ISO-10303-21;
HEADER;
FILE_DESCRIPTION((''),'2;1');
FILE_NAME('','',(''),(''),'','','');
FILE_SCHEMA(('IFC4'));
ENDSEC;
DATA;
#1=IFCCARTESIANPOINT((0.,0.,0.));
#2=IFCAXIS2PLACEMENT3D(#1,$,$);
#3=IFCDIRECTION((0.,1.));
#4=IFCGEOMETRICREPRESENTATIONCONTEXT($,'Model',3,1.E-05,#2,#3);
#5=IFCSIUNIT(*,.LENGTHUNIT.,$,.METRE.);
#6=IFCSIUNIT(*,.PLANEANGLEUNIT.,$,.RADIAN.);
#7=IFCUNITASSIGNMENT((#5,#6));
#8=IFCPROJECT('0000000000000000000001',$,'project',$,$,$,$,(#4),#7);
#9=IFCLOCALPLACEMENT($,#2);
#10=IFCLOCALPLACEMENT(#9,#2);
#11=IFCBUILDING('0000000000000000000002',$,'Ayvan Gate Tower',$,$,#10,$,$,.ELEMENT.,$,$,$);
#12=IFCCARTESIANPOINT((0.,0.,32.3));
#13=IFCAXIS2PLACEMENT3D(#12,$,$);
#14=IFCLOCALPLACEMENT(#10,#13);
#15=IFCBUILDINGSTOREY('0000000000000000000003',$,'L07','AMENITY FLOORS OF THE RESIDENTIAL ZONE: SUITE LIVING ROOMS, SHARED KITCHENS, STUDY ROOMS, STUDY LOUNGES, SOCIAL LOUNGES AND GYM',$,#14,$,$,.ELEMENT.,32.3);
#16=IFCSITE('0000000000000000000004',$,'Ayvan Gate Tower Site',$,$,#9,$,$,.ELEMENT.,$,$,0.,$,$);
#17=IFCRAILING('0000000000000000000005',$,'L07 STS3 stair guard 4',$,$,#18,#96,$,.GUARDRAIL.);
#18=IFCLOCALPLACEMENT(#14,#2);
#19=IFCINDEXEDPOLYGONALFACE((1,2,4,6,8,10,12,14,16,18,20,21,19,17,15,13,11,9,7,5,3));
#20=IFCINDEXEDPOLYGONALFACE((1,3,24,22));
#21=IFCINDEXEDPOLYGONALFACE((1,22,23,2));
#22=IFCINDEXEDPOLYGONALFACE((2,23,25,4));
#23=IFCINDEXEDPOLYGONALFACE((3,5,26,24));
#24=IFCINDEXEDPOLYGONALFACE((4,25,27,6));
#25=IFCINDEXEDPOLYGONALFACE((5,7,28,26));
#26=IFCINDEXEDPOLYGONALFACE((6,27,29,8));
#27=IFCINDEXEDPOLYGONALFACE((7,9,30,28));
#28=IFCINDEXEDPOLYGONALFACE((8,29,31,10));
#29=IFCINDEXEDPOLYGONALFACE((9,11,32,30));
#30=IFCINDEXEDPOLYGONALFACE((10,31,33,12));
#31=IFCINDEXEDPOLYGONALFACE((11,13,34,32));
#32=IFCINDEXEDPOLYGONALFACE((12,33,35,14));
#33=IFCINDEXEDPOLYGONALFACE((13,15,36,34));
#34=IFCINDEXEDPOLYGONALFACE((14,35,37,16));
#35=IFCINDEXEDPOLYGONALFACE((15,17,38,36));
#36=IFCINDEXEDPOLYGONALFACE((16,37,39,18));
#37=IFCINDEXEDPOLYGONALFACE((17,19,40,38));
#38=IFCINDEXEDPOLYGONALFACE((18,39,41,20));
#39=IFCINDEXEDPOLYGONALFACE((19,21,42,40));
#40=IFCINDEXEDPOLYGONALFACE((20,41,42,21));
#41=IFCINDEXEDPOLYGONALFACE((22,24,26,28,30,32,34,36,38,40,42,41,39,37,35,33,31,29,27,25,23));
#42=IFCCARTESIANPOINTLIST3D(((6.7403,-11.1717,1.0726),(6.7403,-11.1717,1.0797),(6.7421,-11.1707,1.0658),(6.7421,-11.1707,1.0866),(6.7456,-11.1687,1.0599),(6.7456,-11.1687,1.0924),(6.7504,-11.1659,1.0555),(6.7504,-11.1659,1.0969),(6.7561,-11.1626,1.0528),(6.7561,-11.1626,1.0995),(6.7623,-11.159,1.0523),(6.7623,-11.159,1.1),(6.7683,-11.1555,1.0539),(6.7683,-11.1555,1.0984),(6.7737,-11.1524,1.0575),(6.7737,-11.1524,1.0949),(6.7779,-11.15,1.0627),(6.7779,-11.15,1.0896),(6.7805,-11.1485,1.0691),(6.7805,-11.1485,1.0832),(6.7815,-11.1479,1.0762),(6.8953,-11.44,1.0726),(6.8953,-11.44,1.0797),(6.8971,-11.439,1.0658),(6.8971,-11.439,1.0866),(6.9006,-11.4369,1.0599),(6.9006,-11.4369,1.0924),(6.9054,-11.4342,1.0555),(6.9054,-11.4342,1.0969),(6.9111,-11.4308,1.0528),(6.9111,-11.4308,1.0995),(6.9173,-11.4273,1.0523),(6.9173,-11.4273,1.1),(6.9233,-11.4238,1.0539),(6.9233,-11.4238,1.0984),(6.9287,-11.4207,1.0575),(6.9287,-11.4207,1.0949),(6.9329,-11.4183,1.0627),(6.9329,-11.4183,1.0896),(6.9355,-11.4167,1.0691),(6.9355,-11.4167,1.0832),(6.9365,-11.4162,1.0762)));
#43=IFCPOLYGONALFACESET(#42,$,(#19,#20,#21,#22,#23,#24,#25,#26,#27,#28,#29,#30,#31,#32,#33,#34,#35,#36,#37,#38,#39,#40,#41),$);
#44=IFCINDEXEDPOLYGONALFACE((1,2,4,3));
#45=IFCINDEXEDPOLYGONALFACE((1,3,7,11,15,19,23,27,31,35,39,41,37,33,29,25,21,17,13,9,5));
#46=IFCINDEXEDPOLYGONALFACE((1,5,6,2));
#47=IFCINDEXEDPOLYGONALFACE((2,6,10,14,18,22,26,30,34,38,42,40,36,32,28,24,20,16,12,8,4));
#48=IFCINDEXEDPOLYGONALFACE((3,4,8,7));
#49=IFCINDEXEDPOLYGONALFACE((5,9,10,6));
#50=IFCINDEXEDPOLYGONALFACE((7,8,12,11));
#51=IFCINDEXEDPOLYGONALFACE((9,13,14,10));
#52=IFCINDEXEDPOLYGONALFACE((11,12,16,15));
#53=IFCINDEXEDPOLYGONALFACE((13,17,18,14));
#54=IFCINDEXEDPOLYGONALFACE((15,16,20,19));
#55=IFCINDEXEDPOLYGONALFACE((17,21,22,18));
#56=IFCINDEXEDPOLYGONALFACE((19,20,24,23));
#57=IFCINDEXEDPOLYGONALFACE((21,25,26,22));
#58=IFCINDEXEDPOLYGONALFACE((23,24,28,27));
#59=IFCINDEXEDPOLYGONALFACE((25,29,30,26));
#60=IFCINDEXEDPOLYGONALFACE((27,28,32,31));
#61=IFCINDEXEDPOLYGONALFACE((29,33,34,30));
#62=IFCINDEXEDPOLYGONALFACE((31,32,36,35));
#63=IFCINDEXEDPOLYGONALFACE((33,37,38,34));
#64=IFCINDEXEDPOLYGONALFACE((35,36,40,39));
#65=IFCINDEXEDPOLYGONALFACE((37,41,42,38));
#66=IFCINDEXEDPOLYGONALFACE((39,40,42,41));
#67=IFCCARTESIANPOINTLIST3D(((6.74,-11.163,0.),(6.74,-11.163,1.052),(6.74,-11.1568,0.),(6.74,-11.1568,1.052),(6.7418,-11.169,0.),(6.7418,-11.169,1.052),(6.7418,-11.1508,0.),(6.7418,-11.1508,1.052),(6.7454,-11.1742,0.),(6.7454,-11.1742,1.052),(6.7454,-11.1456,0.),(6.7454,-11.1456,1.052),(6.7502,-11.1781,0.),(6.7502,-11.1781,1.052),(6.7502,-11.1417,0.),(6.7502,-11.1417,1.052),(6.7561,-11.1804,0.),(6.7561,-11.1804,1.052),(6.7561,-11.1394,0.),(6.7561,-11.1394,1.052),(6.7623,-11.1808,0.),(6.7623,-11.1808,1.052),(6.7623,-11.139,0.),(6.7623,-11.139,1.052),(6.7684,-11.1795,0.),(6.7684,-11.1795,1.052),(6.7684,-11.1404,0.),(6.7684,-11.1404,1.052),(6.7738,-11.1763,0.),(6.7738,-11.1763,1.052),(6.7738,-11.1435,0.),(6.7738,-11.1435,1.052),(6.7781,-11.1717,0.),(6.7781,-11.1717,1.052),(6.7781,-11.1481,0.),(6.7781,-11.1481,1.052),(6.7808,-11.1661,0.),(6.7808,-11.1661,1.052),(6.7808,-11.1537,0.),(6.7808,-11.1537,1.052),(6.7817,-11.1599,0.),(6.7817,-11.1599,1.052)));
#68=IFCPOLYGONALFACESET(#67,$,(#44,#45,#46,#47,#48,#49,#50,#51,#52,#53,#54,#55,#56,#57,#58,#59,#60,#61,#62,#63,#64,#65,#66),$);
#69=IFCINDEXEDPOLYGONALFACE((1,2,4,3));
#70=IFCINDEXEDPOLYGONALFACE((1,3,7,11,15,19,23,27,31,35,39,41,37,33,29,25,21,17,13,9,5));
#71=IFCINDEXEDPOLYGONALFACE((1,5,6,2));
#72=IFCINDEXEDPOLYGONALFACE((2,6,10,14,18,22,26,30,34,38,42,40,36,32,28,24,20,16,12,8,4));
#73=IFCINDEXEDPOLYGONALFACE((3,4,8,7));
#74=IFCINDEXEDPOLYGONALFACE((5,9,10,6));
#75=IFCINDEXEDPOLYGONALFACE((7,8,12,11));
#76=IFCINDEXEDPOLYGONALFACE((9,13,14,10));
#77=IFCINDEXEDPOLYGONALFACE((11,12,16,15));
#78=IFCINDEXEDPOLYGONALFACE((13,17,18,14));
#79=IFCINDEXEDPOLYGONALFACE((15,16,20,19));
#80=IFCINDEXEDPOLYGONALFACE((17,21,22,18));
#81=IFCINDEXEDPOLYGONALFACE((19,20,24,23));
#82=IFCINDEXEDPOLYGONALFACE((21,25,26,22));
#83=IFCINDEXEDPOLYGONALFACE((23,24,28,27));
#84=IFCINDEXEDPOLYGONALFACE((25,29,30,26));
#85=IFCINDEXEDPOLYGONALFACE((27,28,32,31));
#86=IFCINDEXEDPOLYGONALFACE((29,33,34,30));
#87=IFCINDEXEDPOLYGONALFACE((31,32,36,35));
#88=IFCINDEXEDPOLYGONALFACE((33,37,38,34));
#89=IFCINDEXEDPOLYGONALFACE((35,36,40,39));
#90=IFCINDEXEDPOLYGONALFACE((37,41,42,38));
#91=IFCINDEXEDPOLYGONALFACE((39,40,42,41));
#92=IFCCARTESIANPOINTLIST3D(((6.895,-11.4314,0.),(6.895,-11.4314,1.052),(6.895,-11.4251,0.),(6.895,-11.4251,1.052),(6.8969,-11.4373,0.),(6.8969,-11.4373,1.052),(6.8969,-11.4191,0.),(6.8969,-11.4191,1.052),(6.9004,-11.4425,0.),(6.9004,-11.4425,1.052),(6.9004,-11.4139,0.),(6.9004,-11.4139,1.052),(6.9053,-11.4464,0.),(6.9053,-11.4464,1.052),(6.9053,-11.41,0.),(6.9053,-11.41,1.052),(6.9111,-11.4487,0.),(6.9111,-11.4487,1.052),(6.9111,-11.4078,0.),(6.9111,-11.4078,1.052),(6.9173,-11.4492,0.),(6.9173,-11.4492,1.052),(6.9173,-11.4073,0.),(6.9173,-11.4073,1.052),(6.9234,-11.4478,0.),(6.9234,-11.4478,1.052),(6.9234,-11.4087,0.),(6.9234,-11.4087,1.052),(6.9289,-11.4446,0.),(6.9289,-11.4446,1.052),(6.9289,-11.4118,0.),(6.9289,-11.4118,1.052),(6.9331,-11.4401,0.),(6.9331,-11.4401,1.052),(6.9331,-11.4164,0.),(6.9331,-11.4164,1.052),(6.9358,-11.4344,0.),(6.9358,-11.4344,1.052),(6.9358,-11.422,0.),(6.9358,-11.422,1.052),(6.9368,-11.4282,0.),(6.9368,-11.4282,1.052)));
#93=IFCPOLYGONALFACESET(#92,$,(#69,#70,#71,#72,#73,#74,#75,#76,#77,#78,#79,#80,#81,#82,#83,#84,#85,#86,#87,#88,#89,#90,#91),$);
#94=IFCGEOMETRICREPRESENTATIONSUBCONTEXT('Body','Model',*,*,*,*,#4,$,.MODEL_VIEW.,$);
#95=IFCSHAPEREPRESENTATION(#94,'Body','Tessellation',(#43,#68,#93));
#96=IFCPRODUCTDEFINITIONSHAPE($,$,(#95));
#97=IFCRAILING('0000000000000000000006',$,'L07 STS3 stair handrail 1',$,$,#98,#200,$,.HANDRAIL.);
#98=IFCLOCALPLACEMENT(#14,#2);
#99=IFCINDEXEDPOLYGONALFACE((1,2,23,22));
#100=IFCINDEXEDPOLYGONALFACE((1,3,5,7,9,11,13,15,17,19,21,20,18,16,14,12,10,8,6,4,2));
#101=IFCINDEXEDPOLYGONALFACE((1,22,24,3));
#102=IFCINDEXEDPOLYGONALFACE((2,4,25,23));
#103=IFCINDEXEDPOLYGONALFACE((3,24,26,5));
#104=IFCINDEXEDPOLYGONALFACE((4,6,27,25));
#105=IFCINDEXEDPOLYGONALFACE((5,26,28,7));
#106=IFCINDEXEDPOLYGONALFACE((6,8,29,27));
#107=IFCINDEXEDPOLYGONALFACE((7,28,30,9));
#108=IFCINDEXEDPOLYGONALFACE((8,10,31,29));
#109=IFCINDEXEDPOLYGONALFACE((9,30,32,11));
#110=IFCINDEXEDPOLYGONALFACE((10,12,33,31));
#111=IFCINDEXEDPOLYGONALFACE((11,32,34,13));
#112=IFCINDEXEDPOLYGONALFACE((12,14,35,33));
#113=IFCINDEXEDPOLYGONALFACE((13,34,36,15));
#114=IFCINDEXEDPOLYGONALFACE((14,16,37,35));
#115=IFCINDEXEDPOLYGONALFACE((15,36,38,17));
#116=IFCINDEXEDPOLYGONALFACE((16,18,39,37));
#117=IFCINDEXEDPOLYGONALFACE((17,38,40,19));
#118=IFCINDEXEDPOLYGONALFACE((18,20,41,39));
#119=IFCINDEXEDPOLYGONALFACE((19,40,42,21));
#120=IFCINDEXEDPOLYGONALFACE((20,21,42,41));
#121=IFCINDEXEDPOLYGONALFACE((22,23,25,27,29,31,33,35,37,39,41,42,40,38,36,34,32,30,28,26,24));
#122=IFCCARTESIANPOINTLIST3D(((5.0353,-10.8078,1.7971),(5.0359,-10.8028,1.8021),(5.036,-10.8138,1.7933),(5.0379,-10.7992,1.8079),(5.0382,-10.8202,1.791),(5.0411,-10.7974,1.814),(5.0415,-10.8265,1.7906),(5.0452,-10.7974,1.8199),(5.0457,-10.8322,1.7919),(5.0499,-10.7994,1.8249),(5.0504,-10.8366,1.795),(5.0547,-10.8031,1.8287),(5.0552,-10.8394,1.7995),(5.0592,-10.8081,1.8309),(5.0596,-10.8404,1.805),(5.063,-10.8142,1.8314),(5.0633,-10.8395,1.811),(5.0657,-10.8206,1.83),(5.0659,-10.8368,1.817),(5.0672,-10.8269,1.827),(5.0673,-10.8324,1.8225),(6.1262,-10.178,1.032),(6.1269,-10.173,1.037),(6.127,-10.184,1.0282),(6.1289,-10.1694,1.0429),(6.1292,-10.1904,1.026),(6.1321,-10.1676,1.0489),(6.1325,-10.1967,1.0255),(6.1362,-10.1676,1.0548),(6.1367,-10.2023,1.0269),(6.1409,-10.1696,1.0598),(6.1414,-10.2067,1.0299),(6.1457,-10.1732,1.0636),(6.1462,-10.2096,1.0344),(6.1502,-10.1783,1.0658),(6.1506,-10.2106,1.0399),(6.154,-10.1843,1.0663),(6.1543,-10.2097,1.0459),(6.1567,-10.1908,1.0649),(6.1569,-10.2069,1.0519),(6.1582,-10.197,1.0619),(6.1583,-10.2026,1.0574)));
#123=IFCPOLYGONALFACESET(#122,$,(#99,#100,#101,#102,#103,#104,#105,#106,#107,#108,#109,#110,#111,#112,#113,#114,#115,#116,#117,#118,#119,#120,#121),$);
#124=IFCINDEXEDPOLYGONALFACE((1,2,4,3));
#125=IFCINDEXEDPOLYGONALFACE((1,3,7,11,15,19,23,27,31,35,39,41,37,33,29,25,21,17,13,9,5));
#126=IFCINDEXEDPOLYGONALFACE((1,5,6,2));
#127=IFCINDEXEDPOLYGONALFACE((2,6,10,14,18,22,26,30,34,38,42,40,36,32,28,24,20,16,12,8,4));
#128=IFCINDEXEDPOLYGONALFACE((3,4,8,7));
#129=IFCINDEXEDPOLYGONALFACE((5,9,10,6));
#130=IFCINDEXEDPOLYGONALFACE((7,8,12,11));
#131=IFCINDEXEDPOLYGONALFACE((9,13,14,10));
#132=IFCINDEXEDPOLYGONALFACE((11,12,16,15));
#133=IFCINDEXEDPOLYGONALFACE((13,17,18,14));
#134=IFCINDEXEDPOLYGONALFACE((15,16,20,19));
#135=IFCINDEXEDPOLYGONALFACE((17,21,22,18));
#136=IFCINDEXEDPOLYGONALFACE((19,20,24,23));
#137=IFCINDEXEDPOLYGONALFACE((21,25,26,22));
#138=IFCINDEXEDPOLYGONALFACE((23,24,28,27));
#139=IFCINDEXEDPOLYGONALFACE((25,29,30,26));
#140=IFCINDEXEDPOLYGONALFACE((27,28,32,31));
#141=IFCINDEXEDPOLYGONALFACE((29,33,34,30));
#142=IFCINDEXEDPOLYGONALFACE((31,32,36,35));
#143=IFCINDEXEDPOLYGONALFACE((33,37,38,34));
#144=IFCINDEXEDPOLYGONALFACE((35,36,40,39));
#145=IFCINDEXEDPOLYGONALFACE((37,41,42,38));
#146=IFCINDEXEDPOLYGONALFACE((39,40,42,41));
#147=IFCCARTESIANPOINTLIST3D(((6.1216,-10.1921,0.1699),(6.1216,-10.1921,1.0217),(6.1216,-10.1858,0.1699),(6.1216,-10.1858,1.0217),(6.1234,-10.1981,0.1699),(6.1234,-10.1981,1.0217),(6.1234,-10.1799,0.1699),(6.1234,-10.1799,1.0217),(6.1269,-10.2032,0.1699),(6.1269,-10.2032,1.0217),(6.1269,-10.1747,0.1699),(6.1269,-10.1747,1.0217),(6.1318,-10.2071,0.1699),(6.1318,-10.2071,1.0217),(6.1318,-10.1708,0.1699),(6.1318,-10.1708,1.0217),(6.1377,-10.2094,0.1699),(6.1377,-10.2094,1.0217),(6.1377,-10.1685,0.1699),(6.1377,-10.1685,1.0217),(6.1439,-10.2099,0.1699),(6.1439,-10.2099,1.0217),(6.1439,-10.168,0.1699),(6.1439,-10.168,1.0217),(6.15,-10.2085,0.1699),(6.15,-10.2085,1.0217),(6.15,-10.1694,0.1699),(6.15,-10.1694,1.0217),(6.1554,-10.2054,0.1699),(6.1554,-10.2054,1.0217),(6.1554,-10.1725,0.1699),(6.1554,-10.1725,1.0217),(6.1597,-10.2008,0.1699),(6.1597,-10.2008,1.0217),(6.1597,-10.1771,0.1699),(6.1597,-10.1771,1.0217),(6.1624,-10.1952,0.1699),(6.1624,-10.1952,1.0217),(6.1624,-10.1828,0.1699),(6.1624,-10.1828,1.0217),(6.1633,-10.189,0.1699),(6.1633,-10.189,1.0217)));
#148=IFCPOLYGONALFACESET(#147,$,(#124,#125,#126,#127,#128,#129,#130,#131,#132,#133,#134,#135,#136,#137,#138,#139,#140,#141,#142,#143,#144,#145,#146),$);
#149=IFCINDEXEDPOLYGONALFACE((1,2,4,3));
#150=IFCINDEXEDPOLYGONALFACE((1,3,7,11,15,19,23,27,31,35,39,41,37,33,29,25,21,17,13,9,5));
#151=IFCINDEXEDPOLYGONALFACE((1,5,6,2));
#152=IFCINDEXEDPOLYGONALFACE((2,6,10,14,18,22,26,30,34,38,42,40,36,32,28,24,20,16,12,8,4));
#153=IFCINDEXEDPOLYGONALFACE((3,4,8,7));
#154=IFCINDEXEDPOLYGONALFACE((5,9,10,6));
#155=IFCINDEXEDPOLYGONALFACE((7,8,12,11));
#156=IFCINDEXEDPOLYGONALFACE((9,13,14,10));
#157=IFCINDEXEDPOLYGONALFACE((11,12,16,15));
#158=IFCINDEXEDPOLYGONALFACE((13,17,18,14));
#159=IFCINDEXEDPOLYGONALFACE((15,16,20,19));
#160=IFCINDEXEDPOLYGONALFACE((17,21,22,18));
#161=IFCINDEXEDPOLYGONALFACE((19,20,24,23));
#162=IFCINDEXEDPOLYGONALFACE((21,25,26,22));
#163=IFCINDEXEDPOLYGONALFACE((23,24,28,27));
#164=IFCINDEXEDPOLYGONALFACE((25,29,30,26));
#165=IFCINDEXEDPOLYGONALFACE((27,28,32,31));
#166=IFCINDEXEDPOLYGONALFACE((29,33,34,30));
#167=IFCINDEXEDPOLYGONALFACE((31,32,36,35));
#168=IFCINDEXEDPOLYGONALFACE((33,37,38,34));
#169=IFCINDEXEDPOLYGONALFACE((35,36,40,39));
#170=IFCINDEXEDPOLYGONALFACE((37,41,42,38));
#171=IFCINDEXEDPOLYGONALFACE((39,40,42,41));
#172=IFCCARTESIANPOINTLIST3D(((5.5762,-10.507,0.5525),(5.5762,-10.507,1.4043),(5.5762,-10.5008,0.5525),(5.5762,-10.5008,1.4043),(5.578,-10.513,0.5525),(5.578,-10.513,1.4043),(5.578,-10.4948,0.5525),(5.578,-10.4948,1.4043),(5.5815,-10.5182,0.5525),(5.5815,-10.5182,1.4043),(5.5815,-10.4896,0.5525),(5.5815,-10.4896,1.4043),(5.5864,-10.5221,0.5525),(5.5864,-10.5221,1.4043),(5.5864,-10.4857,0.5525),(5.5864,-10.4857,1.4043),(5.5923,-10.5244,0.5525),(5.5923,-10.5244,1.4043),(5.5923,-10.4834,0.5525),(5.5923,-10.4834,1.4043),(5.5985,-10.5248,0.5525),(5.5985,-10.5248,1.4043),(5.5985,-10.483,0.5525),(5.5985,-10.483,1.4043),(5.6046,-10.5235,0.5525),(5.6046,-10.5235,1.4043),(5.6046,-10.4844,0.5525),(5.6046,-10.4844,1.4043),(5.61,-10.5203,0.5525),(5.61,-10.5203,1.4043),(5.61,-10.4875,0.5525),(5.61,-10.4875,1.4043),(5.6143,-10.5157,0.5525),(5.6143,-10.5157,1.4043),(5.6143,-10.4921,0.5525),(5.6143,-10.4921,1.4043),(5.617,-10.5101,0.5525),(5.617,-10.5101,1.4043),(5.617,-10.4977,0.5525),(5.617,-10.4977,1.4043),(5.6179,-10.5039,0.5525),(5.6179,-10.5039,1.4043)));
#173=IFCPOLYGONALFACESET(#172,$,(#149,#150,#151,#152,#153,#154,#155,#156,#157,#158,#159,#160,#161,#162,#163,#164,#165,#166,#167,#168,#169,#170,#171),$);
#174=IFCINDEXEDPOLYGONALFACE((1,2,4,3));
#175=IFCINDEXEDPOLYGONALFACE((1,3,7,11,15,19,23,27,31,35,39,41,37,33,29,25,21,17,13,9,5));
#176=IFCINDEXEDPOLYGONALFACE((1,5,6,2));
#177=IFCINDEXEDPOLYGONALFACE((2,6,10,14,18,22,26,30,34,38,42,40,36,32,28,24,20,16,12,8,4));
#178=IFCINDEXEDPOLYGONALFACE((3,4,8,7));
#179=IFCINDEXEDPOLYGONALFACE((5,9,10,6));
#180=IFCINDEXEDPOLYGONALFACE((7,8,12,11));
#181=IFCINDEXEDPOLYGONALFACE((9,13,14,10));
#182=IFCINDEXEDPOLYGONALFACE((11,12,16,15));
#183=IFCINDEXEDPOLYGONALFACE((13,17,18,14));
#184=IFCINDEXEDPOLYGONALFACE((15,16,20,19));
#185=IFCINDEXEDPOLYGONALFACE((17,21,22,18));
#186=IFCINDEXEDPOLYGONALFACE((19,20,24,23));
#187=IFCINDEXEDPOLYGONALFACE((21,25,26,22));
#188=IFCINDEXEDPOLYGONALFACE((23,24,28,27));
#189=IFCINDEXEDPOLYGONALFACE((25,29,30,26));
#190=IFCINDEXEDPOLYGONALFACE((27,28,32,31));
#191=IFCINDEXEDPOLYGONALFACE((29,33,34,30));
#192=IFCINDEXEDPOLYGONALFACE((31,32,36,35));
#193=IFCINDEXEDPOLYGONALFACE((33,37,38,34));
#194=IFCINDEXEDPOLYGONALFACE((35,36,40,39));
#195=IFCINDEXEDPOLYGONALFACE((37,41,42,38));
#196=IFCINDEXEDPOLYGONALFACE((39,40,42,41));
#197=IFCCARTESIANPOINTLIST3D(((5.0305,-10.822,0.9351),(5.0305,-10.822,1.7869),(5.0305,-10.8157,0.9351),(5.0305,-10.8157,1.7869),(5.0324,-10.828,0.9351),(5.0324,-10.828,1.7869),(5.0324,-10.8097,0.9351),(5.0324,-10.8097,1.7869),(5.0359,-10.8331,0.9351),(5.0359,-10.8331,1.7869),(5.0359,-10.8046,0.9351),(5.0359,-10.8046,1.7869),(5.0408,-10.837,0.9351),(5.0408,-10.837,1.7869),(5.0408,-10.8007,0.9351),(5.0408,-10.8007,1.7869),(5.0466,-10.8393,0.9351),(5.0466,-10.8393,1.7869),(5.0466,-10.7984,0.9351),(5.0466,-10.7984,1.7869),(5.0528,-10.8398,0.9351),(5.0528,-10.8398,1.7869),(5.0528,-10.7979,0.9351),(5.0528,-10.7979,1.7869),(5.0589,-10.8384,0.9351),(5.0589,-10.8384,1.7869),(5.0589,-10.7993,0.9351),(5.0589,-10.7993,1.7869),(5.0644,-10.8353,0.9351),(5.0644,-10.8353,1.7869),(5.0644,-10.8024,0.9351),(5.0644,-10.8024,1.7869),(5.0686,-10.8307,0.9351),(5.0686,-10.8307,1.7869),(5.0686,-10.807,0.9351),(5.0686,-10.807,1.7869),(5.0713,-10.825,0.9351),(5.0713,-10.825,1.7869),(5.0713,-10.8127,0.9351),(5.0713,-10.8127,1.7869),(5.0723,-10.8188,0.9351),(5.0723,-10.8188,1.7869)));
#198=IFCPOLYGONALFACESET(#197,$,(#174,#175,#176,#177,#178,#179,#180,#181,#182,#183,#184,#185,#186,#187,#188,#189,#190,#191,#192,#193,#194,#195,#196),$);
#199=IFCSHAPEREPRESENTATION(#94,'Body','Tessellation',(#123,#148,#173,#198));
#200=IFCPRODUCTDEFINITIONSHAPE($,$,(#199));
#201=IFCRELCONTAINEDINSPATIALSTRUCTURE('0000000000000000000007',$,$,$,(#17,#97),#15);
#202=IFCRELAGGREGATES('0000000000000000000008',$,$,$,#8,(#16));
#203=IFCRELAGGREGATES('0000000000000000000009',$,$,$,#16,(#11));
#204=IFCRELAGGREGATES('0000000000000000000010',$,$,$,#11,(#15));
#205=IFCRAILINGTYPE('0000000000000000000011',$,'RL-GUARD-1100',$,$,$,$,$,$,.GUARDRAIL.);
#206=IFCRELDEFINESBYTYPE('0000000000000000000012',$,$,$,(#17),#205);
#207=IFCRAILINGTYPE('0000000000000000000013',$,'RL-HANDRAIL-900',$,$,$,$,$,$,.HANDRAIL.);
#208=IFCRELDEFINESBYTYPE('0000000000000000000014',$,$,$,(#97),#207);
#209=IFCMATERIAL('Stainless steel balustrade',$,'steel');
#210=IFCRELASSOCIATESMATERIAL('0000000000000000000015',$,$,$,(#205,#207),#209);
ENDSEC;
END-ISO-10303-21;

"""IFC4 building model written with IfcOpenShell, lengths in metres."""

from ifc_helpers import new_model, si_unit, direction, frame, origin, origin_2d, place, context, subcontext, project, spatial, circle, extrude, material, type_object, element, save


model = new_model("IFC4")

# Units and contexts
model_context = context("Model", 3, precision=1e-05, world=origin(), true_north=direction((0.0, 1.0)))
body_context = subcontext(model_context, "Body", "Model", "MODEL_VIEW")
ifc_project = project(units=[si_unit("LENGTHUNIT", "METRE"), si_unit("PLANEANGLEUNIT", "RADIAN")], contexts=[model_context])

# Site, building, storey
site_placement = place(None, origin())
site = spatial("IfcSite", under=ifc_project, at=site_placement, Name="Ayvan Gate Tower Site", CompositionType="ELEMENT", RefElevation=0.0)
building_placement = place(site_placement, origin())
building = spatial("IfcBuilding", under=site, at=building_placement, Name="Ayvan Gate Tower", CompositionType="ELEMENT")
storey_placement = place(building_placement, frame((0.0, 0.0, 32.3)))
storey = spatial("IfcBuildingStorey", under=building, at=storey_placement, Name="L07", Description="AMENITY FLOORS OF THE RESIDENTIAL ZONE: SUITE LIVING ROOMS, SHARED KITCHENS, STUDY ROOMS, STUDY LOUNGES, SOCIAL LOUNGES AND GYM", CompositionType="ELEMENT", Elevation=32.3)

# Railings
ifc_material_1 = material(Name="Stainless steel balustrade", Category="steel")
railing_type_1 = type_object("IfcRailingType", Name="RL-GUARD-1100", PredefinedType="GUARDRAIL", material=ifc_material_1)
railing_1_placement = place(storey_placement, frame((6.7607, -11.1599, 0.0)))
element("IfcRailing", 1, at=railing_1_placement, inside=storey, type_object=railing_type_1, Name="L07 STS3 stair guard 4", PredefinedType="GUARDRAIL", context=body_context, shape_type="SweptSolid", body=[
    extrude(circle(Radius=0.0239, at=origin_2d()), frame((0.0, 0.0, 1.0762), z_axis=(0.500291, -0.865857, 0.0), x_axis=(0.865857, 0.500291, 0.0)), (0.0, 0.0, 1.0), 0.3098),
    extrude(circle(Radius=0.021, at=origin_2d()), origin(), (0.0, 0.0, 1.0), 1.052),
    extrude(circle(Radius=0.021, at=origin_2d()), frame((0.155, -0.2683, 0.0)), (0.0, 0.0, 1.0), 1.052),
])
railing_type_2 = type_object("IfcRailingType", Name="RL-HANDRAIL-900", PredefinedType="HANDRAIL", material=ifc_material_1)
railing_2_placement = place(storey_placement, frame((6.1423, -10.189, 0.1699)))
element("IfcRailing", 2, at=railing_2_placement, inside=storey, type_object=railing_type_2, Name="L07 STS3 stair handrail 1", PredefinedType="HANDRAIL", context=body_context, shape_type="SweptSolid", body=[
    extrude(circle(Radius=0.0239, at=origin_2d()), frame((0.0, 0.0, 0.876), z_axis=(-0.740218, -0.427336, 0.519097), x_axis=(0.499974, -0.86604, 0.0)), (0.0, 0.0, 1.0), 1.4739),
    extrude(circle(Radius=0.021, at=origin_2d()), origin(), (0.0, 0.0, 1.0), 0.8518),
    extrude(circle(Radius=0.021, at=origin_2d()), frame((-0.5454, -0.3149, 0.3826)), (0.0, 0.0, 1.0), 0.8518),
    extrude(circle(Radius=0.021, at=origin_2d()), frame((-1.0911, -0.6299, 0.7651)), (0.0, 0.0, 1.0), 0.8518),
])

save(model, "model.ifc")
